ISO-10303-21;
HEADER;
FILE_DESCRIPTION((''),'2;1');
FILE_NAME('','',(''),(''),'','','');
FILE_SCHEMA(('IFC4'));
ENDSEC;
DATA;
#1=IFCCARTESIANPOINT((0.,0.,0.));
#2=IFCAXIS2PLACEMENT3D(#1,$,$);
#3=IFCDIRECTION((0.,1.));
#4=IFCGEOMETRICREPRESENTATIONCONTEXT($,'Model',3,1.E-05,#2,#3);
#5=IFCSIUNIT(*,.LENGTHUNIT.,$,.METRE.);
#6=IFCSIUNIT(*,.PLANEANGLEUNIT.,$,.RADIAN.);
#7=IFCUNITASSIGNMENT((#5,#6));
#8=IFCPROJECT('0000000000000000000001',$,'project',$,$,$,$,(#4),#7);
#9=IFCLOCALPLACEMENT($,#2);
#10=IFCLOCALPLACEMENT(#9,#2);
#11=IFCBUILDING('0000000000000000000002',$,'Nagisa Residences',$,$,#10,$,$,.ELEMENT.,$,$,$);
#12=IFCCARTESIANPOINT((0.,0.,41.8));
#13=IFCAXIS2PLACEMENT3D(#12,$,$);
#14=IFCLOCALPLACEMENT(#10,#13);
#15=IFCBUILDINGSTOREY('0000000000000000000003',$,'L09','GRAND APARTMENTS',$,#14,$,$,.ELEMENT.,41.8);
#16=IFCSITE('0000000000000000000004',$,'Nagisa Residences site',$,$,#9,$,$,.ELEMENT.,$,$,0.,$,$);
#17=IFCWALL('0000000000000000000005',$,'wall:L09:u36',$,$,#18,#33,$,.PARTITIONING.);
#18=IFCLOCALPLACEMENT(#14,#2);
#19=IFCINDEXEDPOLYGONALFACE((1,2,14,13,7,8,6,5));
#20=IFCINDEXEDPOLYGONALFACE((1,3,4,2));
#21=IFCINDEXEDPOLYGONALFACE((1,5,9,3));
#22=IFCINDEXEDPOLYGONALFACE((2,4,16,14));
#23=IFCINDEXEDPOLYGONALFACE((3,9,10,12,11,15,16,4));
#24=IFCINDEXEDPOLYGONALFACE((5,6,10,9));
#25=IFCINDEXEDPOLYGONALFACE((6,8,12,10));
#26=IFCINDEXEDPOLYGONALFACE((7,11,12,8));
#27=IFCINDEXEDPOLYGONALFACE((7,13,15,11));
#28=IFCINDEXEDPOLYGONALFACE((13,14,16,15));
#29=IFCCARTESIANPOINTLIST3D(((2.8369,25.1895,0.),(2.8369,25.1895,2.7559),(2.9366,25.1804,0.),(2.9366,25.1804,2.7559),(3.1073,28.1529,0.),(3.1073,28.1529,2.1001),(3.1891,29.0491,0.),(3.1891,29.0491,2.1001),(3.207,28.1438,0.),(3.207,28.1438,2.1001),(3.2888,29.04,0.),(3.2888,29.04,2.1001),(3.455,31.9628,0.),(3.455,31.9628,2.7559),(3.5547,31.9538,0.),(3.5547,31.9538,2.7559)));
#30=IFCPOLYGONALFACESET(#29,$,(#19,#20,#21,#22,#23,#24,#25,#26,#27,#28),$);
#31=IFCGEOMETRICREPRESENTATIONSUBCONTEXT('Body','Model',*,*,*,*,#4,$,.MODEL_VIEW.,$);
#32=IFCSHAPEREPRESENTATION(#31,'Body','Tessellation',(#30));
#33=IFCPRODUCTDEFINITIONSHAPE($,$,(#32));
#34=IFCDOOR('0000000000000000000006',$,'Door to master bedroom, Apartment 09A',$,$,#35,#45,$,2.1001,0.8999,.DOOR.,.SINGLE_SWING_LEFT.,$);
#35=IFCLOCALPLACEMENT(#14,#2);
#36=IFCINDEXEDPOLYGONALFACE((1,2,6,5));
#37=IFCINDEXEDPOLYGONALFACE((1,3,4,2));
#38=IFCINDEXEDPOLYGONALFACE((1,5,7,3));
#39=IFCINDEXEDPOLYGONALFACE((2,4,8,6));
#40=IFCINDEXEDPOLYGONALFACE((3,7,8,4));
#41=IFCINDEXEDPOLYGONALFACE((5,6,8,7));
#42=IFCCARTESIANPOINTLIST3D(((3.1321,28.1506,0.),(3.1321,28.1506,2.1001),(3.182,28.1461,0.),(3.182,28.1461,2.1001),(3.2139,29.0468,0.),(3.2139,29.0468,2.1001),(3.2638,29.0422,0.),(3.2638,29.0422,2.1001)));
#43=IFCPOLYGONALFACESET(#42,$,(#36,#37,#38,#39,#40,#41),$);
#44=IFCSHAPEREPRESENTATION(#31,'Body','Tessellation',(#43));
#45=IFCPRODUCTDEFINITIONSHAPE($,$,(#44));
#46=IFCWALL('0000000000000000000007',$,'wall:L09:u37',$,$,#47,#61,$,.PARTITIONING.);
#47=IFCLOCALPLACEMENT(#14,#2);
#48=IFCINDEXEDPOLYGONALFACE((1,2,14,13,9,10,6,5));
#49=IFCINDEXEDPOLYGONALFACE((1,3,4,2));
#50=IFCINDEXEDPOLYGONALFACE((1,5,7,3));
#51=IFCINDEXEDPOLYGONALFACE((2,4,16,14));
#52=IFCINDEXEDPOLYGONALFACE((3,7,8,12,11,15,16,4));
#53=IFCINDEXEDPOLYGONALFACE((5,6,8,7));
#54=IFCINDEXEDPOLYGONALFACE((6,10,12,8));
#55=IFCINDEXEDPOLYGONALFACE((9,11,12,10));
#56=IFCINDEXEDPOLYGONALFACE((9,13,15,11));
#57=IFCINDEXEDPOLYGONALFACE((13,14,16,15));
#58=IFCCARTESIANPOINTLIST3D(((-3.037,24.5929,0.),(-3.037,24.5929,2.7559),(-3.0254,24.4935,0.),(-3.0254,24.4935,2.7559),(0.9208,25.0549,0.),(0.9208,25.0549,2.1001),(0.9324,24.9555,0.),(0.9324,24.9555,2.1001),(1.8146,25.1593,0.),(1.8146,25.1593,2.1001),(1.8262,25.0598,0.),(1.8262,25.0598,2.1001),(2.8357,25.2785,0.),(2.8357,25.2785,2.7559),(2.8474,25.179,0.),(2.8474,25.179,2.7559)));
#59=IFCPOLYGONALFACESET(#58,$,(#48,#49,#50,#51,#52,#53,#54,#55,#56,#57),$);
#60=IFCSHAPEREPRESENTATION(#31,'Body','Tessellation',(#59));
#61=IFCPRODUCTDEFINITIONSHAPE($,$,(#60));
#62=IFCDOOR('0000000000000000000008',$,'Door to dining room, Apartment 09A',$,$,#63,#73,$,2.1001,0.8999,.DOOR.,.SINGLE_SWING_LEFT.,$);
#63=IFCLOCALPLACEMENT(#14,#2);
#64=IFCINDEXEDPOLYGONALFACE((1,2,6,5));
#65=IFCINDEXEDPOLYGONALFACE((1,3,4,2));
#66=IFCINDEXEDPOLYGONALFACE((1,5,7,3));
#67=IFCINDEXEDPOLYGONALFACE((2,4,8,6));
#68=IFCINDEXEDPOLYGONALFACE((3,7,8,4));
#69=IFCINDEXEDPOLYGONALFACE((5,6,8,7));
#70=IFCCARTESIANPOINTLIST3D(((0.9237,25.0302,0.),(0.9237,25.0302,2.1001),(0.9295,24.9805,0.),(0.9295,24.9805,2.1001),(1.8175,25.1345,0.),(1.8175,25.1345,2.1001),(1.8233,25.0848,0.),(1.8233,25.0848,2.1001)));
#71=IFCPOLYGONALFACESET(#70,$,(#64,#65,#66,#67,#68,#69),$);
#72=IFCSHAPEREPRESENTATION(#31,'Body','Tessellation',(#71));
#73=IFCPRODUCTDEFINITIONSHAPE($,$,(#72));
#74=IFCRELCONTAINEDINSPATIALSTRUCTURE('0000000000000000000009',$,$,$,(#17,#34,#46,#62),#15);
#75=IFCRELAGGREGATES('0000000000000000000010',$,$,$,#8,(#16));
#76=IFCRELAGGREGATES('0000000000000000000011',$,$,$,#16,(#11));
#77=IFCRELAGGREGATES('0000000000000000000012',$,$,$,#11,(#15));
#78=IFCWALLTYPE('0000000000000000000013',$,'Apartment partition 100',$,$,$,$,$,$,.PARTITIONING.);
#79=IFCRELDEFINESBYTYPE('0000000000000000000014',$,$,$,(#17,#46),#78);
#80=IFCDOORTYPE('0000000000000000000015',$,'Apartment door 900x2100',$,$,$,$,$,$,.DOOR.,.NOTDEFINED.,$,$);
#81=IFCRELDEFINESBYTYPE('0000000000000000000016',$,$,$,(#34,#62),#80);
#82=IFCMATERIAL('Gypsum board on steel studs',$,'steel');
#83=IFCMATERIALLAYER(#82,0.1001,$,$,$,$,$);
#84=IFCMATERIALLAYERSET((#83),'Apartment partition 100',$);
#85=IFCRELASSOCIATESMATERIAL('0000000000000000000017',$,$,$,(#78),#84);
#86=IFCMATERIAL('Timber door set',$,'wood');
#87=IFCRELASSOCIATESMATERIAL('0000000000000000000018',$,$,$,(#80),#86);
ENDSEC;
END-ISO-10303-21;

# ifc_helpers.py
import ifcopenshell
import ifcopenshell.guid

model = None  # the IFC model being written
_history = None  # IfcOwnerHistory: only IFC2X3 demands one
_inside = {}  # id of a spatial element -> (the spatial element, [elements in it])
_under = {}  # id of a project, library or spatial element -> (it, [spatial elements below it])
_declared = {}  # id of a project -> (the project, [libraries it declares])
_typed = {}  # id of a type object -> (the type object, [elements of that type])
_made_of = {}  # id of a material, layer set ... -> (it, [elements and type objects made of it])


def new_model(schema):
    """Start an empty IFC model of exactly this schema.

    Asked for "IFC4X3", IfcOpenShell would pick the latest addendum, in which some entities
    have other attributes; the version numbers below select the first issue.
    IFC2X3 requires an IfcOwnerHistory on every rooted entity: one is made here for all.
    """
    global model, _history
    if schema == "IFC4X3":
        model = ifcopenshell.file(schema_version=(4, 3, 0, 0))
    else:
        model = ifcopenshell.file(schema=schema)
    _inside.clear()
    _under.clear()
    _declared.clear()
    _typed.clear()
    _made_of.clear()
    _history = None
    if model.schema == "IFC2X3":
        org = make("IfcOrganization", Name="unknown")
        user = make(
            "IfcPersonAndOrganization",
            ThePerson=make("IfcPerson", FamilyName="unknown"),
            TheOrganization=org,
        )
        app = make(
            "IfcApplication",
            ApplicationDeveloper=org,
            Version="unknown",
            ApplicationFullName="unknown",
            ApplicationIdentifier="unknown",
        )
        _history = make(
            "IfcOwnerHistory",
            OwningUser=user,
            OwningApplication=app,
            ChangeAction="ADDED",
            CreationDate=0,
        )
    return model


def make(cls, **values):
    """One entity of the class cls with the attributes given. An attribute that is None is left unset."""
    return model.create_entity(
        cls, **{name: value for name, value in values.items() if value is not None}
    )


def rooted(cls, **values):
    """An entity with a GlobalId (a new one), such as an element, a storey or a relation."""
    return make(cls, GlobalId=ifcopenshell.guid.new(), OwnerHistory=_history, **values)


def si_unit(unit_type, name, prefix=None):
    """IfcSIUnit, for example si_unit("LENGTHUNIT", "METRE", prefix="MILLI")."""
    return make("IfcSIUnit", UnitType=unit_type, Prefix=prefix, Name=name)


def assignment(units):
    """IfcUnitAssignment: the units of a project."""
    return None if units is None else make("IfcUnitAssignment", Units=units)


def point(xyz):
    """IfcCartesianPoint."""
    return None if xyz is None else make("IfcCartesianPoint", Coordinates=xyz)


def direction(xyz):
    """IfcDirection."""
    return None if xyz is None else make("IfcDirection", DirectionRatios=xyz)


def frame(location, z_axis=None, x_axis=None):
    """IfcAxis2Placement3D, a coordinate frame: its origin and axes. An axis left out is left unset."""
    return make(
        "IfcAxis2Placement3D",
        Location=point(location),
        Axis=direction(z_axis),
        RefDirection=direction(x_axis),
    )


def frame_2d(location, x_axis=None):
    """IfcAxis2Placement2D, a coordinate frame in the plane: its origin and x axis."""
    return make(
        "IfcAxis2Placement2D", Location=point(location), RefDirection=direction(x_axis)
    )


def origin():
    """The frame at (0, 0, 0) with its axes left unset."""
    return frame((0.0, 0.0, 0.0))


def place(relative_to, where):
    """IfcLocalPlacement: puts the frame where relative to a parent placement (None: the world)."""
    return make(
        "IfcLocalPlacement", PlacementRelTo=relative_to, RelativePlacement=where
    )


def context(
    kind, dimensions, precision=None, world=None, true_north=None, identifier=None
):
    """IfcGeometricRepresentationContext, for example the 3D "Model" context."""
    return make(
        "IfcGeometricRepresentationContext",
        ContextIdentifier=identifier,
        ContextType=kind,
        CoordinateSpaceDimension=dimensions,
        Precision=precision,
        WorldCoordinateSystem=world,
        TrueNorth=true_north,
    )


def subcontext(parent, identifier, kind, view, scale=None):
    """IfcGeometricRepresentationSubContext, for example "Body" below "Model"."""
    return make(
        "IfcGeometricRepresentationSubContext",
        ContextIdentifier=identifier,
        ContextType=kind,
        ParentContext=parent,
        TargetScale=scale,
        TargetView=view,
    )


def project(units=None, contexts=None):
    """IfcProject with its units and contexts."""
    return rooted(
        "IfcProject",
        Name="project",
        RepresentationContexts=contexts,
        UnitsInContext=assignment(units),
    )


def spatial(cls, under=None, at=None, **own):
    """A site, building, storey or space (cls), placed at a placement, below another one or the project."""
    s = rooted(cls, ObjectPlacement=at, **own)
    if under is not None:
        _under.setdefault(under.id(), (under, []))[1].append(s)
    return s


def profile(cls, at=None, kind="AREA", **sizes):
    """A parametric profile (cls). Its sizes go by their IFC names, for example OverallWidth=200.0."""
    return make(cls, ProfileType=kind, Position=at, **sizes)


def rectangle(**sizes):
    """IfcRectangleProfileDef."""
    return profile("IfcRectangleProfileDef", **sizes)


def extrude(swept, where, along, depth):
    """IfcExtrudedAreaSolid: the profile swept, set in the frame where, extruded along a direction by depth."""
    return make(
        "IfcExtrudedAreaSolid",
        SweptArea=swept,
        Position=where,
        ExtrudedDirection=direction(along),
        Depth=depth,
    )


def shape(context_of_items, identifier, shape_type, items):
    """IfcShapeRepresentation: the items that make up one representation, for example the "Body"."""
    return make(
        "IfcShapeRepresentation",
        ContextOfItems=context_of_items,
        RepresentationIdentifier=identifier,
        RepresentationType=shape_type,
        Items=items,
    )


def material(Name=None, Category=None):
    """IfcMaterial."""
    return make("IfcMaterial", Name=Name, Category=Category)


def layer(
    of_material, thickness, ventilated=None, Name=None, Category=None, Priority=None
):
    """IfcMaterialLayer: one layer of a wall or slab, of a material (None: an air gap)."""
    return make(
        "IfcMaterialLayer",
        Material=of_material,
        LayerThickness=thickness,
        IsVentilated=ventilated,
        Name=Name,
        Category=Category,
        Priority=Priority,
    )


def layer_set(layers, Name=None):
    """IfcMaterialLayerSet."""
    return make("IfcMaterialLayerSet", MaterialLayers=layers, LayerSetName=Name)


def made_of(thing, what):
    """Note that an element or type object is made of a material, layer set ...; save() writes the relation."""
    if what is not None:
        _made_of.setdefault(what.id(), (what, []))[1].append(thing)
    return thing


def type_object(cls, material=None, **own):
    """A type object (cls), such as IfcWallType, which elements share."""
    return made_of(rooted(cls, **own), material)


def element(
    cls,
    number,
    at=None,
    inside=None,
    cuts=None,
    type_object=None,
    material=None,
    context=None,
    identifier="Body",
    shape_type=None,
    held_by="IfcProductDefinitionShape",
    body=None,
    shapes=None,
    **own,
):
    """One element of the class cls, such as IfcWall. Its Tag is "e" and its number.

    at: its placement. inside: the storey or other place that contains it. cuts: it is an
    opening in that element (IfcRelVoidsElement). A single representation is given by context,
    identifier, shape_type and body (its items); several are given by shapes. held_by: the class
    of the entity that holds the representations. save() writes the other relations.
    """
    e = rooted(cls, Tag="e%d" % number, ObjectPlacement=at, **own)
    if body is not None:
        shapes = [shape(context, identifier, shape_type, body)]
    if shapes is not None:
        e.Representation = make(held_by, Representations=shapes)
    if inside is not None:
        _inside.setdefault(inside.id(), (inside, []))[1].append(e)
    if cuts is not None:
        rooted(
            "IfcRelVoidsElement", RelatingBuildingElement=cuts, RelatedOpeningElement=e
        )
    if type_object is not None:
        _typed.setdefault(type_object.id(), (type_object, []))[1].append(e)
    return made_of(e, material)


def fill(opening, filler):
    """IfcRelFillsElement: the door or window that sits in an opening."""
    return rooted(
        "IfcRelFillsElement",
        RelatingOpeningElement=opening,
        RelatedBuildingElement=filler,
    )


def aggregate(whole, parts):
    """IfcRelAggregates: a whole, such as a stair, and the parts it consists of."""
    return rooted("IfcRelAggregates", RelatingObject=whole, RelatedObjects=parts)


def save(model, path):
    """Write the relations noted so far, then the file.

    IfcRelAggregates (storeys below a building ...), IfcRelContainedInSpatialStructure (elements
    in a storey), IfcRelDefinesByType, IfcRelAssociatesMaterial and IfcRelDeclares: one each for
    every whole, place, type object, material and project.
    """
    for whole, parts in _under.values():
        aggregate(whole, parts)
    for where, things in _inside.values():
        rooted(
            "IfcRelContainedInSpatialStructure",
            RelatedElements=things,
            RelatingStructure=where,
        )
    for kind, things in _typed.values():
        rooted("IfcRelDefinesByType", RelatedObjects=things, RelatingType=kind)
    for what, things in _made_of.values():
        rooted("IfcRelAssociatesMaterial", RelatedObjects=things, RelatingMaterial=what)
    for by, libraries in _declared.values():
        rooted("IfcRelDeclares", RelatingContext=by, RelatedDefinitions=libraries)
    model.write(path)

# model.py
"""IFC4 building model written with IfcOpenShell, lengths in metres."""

from ifc_helpers import new_model, si_unit, direction, frame, frame_2d, origin, place, context, subcontext, project, spatial, rectangle, extrude, material, layer, layer_set, type_object, element, fill, save


model = new_model("IFC4")

# Units and contexts
model_context = context("Model", 3, precision=1e-05, world=origin(), true_north=direction((0.0, 1.0)))
body_context = subcontext(model_context, "Body", "Model", "MODEL_VIEW")
ifc_project = project(units=[si_unit("LENGTHUNIT", "METRE"), si_unit("PLANEANGLEUNIT", "RADIAN")], contexts=[model_context])

# Site, building, storey
site_placement = place(None, origin())
site = spatial("IfcSite", under=ifc_project, at=site_placement, Name="Nagisa Residences site", CompositionType="ELEMENT", RefElevation=0.0)
building_placement = place(site_placement, origin())
building = spatial("IfcBuilding", under=site, at=building_placement, Name="Nagisa Residences", CompositionType="ELEMENT")
storey_placement = place(building_placement, frame((0.0, 0.0, 41.8)))
storey = spatial("IfcBuildingStorey", under=building, at=storey_placement, Name="L09", Description="GRAND APARTMENTS", CompositionType="ELEMENT", Elevation=41.8)

# Shared definitions
ifc_material_1 = material(Name="Gypsum board on steel studs", Category="steel")
ifc_layer_1 = layer(ifc_material_1, 0.1001)
ifc_layer_set_1 = layer_set([ifc_layer_1], Name="Apartment partition 100")
wall_type_1 = type_object("IfcWallType", Name="Apartment partition 100", PredefinedType="PARTITIONING", material=ifc_layer_set_1)
ifc_material_2 = material(Name="Timber door set", Category="wood")
door_type_1 = type_object("IfcDoorType", Name="Apartment door 900x2100", OperationType="NOTDEFINED", PredefinedType="DOOR", material=ifc_material_2)

# Walls, openings, doors
wall_1_placement = place(storey_placement, frame((2.8867, 25.1848, 0.0), z_axis=(0.0, 0.0, 1.0), x_axis=(0.090885, 0.995861, 0.0)))
wall_1 = element("IfcWall", 1, at=wall_1_placement, inside=storey, type_object=wall_type_1, Name="wall:L09:u36", PredefinedType="PARTITIONING", context=body_context, shape_type="SweptSolid", body=[
    extrude(rectangle(XDim=6.8015, YDim=0.1001, at=frame_2d((3.4009, 0.0))), origin(), (0.0, 0.0, 1.0), 2.7559),
])
opening_1_placement = place(wall_1_placement, frame((2.9758, 0.0, 0.0)))
opening_1 = element("IfcOpeningElement", 2, at=opening_1_placement, cuts=wall_1, PredefinedType="OPENING", context=body_context, shape_type="SweptSolid", body=[
    extrude(rectangle(XDim=0.8999, YDim=2.1001, at=frame_2d((0.45, 1.05))), frame((0.0, 0.0601, 0.0), z_axis=(0.0, -1.0, 0.0), x_axis=(1.0, 0.0, 0.0)), (0.0, 0.0, 1.0), 0.1201),
])
door_1_placement = place(opening_1_placement, frame((0.8999, 0.0, 0.0), x_axis=(-1.0, 0.0, 0.0)))
door_1 = element("IfcDoor", 3, at=door_1_placement, inside=storey, type_object=door_type_1, Name="Door to master bedroom, Apartment 09A", OperationType="SINGLE_SWING_LEFT", OverallHeight=2.1001, OverallWidth=0.8999, PredefinedType="DOOR", context=body_context, shape_type="SweptSolid", body=[
    extrude(rectangle(XDim=0.8999, YDim=2.1001, at=frame_2d((0.45, 1.05))), frame((0.0, 0.0249, 0.0), z_axis=(0.0, -1.0, 0.0), x_axis=(1.0, 0.0, 0.0)), (0.0, 0.0, 1.0), 0.05),
])
fill(opening_1, door_1)
wall_2_placement = place(storey_placement, frame((2.8416, 25.2288, 0.0), z_axis=(0.0, 0.0, 1.0), x_axis=(-0.993256, -0.115945, 0.0)))
wall_2 = element("IfcWall", 4, at=wall_2_placement, inside=storey, type_object=wall_type_1, Name="wall:L09:u37", PredefinedType="PARTITIONING", context=body_context, shape_type="SweptSolid", body=[
    extrude(rectangle(XDim=5.9126, YDim=0.1001, at=frame_2d((2.9563, 0.0))), origin(), (0.0, 0.0, 1.0), 2.7559),
])
opening_2_placement = place(wall_2_placement, frame((1.0281, 0.0, 0.0)))
opening_2 = element("IfcOpeningElement", 5, at=opening_2_placement, cuts=wall_2, PredefinedType="OPENING", context=body_context, shape_type="SweptSolid", body=[
    extrude(rectangle(XDim=0.8999, YDim=2.1001, at=frame_2d((0.45, 1.05))), frame((0.0, 0.0601, 0.0), z_axis=(0.0, -1.0, 0.0), x_axis=(1.0, 0.0, 0.0)), (0.0, 0.0, 1.0), 0.1201),
])
door_2_placement = place(opening_2_placement, origin())
door_2 = element("IfcDoor", 6, at=door_2_placement, inside=storey, type_object=door_type_1, Name="Door to dining room, Apartment 09A", OperationType="SINGLE_SWING_LEFT", OverallHeight=2.1001, OverallWidth=0.8999, PredefinedType="DOOR", context=body_context, shape_type="SweptSolid", body=[
    extrude(rectangle(XDim=0.8999, YDim=2.1001, at=frame_2d((0.45, 1.05))), frame((0.0, 0.0249, 0.0), z_axis=(0.0, -1.0, 0.0), x_axis=(1.0, 0.0, 0.0)), (0.0, 0.0, 1.0), 0.05),
])
fill(opening_2, door_2)

save(model, "model.ifc")
